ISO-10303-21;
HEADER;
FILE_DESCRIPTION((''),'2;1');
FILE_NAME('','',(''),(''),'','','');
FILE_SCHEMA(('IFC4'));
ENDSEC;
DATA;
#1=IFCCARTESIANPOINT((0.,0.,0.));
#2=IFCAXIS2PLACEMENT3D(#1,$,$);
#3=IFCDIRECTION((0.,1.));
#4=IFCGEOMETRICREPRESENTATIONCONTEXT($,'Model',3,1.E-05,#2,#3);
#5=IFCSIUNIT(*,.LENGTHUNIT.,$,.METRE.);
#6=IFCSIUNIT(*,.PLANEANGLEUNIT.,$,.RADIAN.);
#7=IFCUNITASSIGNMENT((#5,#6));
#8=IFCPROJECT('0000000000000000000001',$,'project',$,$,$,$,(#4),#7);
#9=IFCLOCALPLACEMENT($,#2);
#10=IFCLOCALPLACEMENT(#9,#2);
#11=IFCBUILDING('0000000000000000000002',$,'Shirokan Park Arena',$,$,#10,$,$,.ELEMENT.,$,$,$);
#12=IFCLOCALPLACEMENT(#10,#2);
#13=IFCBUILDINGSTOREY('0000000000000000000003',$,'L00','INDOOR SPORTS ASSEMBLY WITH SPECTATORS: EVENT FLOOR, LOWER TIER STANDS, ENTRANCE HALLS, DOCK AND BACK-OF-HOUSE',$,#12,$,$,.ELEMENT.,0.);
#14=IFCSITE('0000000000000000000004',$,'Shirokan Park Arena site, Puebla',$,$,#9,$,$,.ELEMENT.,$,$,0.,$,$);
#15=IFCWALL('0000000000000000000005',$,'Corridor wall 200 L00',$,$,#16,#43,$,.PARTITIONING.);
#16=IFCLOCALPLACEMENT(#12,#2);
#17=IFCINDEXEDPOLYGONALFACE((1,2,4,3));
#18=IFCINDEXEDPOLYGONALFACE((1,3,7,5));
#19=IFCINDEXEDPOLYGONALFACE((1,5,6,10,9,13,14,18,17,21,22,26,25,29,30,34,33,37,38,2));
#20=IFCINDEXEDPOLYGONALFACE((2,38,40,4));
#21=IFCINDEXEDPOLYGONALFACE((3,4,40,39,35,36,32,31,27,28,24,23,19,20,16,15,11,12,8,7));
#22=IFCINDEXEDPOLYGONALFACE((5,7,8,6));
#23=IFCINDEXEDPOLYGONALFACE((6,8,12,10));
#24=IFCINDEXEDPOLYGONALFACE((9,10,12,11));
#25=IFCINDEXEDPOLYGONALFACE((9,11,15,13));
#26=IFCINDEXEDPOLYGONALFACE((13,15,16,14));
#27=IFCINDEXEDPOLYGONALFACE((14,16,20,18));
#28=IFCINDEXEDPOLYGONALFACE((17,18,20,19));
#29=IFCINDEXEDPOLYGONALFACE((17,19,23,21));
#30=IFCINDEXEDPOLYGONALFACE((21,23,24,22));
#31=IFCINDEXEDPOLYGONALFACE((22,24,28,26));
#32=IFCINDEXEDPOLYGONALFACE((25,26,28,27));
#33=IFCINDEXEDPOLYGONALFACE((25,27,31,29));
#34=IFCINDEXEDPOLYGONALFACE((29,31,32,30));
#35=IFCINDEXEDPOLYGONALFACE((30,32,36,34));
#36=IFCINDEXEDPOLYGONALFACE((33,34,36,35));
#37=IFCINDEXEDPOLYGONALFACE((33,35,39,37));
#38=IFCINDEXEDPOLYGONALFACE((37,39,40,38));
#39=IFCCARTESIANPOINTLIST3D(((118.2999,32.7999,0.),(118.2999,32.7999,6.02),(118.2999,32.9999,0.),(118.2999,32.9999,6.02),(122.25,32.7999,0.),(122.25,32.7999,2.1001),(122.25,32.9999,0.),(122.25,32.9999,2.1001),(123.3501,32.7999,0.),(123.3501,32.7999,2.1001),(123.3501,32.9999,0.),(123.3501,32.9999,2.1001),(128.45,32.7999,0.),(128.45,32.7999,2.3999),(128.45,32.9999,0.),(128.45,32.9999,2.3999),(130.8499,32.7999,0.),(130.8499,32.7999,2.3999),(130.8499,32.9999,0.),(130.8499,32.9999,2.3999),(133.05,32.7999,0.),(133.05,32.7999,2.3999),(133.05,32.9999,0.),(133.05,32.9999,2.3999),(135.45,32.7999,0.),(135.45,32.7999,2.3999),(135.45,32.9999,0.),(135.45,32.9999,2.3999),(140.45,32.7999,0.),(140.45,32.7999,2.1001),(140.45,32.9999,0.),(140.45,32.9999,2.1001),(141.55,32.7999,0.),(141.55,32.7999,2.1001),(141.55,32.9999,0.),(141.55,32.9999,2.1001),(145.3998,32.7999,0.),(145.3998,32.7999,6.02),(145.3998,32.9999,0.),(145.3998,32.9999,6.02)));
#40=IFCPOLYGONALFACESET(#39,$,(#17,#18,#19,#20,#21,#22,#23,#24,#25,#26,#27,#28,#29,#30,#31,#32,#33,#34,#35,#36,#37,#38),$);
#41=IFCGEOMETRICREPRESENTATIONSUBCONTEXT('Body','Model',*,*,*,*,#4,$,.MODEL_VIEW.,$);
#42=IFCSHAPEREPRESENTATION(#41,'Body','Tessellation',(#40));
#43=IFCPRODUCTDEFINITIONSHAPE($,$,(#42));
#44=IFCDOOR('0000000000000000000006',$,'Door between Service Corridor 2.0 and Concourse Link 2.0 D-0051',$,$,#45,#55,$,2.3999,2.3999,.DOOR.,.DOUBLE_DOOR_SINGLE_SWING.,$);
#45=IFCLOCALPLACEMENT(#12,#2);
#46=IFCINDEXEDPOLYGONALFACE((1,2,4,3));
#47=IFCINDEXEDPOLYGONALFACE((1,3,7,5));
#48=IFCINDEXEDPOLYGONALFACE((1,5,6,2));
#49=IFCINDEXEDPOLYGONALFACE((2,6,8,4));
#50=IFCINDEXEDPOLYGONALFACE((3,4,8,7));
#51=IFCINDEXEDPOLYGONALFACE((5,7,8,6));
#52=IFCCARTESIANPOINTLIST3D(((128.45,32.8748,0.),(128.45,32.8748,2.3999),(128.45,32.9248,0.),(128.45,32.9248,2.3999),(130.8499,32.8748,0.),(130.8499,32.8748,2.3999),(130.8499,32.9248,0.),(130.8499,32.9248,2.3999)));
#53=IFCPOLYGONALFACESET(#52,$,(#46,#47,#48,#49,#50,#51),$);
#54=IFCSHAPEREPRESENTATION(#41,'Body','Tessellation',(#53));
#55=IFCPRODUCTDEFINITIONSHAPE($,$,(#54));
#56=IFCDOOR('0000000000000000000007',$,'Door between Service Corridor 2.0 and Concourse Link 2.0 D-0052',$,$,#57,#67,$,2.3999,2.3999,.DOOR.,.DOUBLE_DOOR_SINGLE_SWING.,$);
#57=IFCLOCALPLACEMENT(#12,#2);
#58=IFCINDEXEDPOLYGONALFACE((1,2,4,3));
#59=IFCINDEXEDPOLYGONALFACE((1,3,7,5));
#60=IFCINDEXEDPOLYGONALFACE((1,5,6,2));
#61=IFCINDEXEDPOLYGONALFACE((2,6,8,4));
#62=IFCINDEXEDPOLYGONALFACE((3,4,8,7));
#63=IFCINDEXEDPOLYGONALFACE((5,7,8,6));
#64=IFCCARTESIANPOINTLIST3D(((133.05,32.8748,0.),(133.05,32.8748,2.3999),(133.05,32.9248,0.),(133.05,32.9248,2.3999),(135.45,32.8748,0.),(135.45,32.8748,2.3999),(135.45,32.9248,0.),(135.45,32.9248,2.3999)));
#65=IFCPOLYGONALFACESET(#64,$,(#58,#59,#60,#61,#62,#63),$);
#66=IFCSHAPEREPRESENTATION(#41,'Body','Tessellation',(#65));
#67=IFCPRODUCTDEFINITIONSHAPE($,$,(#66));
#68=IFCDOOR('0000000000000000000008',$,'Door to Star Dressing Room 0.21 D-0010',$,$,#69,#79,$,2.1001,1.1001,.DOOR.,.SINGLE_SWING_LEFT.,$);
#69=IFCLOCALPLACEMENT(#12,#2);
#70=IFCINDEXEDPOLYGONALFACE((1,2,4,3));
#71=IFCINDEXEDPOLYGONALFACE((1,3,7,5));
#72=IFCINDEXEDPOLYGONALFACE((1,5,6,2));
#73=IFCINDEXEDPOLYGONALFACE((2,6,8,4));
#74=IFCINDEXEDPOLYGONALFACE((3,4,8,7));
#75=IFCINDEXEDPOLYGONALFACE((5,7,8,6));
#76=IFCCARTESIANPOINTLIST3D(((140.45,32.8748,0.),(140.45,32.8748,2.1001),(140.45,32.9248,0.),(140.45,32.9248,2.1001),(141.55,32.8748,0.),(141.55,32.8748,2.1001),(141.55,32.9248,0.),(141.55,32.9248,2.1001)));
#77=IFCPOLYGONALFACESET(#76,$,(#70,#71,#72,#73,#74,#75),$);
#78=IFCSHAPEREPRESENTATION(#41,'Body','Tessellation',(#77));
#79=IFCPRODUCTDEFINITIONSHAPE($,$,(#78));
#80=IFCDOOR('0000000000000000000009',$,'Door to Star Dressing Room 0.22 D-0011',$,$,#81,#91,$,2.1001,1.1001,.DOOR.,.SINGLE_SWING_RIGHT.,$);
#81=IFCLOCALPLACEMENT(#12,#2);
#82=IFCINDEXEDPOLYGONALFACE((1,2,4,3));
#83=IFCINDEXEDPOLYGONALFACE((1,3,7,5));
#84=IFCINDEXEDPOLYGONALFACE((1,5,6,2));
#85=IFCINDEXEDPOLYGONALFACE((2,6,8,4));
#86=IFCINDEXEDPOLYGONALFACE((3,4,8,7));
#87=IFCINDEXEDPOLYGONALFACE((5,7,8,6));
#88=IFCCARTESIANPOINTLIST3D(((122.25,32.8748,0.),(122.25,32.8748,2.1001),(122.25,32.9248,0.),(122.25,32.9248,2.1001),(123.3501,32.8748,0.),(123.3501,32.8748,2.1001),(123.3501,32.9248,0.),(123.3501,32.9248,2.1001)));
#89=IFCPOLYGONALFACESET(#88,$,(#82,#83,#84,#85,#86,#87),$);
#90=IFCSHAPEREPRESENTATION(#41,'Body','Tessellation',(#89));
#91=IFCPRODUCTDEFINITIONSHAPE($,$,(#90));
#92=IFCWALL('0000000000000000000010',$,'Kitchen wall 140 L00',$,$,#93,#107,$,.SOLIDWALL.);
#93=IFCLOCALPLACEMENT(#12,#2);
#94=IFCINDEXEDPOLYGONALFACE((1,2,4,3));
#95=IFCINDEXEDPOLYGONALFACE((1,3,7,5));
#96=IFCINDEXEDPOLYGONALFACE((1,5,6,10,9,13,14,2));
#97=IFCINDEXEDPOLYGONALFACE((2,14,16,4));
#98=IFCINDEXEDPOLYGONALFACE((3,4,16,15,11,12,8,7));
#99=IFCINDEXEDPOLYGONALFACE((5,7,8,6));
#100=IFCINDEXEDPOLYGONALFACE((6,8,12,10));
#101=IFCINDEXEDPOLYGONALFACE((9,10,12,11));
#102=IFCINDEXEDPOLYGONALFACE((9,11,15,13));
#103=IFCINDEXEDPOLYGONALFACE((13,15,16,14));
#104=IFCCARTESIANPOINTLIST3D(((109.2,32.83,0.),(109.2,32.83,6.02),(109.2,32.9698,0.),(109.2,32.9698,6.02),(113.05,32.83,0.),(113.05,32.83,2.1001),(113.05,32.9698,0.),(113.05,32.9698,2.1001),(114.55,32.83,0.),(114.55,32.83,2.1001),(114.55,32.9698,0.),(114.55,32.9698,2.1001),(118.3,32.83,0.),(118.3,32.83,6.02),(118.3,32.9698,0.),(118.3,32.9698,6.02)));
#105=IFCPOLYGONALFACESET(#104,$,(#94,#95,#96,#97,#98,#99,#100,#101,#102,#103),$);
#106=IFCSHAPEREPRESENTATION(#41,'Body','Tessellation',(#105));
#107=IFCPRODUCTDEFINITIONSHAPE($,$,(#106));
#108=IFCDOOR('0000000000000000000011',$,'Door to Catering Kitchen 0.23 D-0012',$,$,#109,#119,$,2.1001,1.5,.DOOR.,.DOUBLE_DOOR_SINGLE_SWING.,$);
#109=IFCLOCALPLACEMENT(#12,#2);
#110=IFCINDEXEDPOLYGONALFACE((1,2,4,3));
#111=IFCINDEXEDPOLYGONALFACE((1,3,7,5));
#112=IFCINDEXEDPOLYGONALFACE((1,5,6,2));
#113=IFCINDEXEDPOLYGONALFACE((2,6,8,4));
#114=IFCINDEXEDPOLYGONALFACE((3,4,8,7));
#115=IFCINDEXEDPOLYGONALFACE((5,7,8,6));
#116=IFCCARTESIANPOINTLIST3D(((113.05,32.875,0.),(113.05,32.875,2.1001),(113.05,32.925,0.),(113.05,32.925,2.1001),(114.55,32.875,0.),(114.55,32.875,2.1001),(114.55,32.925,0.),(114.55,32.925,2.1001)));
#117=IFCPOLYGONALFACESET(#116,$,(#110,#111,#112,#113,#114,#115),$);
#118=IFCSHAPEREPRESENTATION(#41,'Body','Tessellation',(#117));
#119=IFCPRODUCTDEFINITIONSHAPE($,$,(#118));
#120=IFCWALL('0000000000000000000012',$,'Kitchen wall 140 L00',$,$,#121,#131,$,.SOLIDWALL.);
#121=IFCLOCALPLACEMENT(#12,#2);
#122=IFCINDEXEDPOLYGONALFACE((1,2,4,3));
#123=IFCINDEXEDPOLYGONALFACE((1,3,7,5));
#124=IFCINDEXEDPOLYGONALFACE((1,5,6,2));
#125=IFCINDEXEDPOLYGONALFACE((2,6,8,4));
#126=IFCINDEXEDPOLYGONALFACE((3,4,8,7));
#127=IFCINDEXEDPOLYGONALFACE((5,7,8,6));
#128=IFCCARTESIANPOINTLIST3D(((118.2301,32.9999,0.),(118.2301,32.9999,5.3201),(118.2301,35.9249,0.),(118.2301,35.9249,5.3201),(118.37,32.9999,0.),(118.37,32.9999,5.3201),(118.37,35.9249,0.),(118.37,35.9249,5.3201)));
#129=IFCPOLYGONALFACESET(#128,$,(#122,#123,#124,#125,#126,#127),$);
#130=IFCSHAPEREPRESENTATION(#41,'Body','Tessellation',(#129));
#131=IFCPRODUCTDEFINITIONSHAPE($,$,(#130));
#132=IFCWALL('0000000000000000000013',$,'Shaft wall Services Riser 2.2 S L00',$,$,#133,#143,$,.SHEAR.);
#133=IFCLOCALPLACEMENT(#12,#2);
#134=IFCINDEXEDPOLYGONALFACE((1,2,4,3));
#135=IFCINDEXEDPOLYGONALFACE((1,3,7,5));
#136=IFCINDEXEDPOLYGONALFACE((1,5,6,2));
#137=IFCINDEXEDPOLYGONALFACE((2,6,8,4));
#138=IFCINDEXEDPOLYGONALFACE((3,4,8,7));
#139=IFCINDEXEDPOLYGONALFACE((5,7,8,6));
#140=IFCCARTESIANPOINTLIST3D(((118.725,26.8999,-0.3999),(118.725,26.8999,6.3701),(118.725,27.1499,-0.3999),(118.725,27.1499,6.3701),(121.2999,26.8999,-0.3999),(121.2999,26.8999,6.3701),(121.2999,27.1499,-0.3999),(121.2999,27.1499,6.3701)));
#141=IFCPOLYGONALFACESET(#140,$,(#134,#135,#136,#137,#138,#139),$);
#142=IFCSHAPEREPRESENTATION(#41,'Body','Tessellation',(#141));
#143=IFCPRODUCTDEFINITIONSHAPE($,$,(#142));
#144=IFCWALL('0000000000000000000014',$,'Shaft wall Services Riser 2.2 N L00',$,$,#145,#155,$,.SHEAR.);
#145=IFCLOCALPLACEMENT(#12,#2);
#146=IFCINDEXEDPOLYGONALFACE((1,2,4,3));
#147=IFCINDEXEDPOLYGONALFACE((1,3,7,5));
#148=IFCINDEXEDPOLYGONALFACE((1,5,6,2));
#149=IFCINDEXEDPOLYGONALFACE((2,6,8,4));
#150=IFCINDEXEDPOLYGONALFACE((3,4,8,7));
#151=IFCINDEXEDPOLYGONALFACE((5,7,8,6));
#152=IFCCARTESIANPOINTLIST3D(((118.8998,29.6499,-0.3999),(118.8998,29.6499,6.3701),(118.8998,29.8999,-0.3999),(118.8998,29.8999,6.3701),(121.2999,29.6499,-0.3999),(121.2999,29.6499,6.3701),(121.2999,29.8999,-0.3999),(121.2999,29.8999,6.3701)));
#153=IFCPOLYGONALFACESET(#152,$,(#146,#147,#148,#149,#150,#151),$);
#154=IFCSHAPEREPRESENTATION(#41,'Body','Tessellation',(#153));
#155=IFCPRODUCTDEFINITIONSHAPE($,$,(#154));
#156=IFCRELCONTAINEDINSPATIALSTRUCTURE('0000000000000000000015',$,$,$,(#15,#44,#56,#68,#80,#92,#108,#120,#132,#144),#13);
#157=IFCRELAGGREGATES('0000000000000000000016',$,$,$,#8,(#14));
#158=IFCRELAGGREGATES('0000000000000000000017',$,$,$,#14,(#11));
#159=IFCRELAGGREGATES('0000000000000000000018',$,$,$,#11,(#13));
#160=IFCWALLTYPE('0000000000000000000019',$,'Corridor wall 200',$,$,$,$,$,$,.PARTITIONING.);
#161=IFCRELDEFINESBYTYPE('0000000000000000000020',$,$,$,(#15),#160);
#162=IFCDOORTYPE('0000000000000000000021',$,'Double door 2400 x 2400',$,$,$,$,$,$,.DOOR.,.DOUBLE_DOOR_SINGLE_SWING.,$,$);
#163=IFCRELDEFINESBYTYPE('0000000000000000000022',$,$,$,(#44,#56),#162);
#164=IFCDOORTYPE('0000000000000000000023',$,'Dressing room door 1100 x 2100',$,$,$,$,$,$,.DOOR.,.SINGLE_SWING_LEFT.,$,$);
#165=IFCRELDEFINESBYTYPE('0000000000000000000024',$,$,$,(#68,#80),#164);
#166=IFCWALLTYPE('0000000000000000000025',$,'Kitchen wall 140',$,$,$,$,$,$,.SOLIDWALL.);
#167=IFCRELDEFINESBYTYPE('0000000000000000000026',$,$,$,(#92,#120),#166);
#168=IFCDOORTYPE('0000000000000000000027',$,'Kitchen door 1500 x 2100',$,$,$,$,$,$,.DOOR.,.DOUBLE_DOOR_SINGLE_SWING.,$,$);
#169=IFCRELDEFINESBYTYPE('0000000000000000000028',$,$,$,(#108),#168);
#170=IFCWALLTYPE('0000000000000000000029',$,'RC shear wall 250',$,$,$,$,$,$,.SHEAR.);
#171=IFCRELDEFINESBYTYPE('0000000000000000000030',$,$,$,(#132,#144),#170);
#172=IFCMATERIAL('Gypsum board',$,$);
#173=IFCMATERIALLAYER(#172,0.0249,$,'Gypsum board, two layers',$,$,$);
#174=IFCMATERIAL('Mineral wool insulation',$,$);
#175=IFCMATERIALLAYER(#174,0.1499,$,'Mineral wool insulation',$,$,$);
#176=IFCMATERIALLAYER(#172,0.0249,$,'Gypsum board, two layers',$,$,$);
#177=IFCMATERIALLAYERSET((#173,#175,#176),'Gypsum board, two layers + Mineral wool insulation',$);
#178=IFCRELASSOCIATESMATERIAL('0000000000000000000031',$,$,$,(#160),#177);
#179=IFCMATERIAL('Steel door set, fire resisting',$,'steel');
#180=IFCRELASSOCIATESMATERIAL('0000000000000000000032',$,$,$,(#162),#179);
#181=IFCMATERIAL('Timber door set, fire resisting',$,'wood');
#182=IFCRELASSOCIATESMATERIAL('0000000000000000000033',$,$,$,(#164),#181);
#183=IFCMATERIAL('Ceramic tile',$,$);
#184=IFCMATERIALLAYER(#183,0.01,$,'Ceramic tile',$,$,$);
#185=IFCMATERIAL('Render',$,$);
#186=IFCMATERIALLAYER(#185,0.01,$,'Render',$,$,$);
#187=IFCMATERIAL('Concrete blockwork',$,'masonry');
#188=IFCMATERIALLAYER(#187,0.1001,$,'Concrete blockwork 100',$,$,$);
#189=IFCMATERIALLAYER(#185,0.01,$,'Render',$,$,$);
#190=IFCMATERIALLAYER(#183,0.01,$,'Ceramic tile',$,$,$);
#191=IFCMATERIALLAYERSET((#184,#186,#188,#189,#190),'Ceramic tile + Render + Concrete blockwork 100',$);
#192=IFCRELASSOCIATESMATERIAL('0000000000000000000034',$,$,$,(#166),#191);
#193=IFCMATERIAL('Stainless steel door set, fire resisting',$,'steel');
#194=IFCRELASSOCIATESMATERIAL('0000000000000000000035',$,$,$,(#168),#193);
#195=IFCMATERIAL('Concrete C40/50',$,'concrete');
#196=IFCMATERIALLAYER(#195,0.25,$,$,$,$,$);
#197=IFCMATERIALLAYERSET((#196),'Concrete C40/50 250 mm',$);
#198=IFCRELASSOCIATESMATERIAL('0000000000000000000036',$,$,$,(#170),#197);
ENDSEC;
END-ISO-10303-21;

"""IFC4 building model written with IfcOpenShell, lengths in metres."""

from ifc_helpers import new_model, si_unit, direction, frame, frame_2d, origin, place, context, subcontext, project, spatial, rectangle, extrude, material, layer, layer_set, type_object, element, fill, save


model = new_model("IFC4")

# Units and contexts
model_context = context("Model", 3, precision=1e-05, world=origin(), true_north=direction((0.0, 1.0)))
body_context = subcontext(model_context, "Body", "Model", "MODEL_VIEW")
ifc_project = project(units=[si_unit("LENGTHUNIT", "METRE"), si_unit("PLANEANGLEUNIT", "RADIAN")], contexts=[model_context])

# Site, building, storey
site_placement = place(None, origin())
site = spatial("IfcSite", under=ifc_project, at=site_placement, Name="Shirokan Park Arena site, Puebla", CompositionType="ELEMENT", RefElevation=0.0)
building_placement = place(site_placement, origin())
building = spatial("IfcBuilding", under=site, at=building_placement, Name="Shirokan Park Arena", CompositionType="ELEMENT")
storey_placement = place(building_placement, origin())
storey = spatial("IfcBuildingStorey", under=building, at=storey_placement, Name="L00", Description="INDOOR SPORTS ASSEMBLY WITH SPECTATORS: EVENT FLOOR, LOWER TIER STANDS, ENTRANCE HALLS, DOCK AND BACK-OF-HOUSE", CompositionType="ELEMENT", Elevation=0.0)

# Shared definitions
ifc_material_1 = material(Name="Gypsum board")
ifc_layer_1 = layer(ifc_material_1, 0.0249, Name="Gypsum board, two layers")
ifc_material_2 = material(Name="Mineral wool insulation")
ifc_layer_2 = layer(ifc_material_2, 0.1499, Name="Mineral wool insulation")
ifc_layer_3 = layer(ifc_material_1, 0.0249, Name="Gypsum board, two layers")
ifc_layer_set_1 = layer_set([ifc_layer_1, ifc_layer_2, ifc_layer_3], Name="Gypsum board, two layers + Mineral wool insulation")
wall_type_1 = type_object("IfcWallType", Name="Corridor wall 200", PredefinedType="PARTITIONING", material=ifc_layer_set_1)

# Wall, openings, doors
wall_1_placement = place(storey_placement, frame((118.3, 32.8999, 0.0), z_axis=(0.0, 0.0, 1.0), x_axis=(1.0, 0.0, 0.0)))
wall_1 = element("IfcWall", 1, at=wall_1_placement, inside=storey, type_object=wall_type_1, Name="Corridor wall 200 L00", PredefinedType="PARTITIONING", context=body_context, shape_type="SweptSolid", body=[
    extrude(rectangle(XDim=27.0999, YDim=0.2, at=frame_2d((13.5498, 0.0))), origin(), (0.0, 0.0, 1.0), 6.02),
])
opening_1_placement = place(wall_1_placement, frame((22.1499, 0.0, 0.0)))
opening_1 = element("IfcOpeningElement", 2, at=opening_1_placement, cuts=wall_1, PredefinedType="OPENING", context=body_context, shape_type="SweptSolid", body=[
    extrude(rectangle(XDim=1.1001, YDim=2.1001, at=frame_2d((0.55, 1.05))), frame((0.0, 0.1099, 0.0), z_axis=(0.0, -1.0, 0.0), x_axis=(1.0, 0.0, 0.0)), (0.0, 0.0, 1.0), 0.22),
])
opening_2_placement = place(wall_1_placement, frame((3.95, 0.0, 0.0)))
opening_2 = element("IfcOpeningElement", 3, at=opening_2_placement, cuts=wall_1, PredefinedType="OPENING", context=body_context, shape_type="SweptSolid", body=[
    extrude(rectangle(XDim=1.1001, YDim=2.1001, at=frame_2d((0.55, 1.05))), frame((0.0, 0.1099, 0.0), z_axis=(0.0, -1.0, 0.0), x_axis=(1.0, 0.0, 0.0)), (0.0, 0.0, 1.0), 0.22),
])
opening_3_placement = place(wall_1_placement, frame((10.1499, 0.0, 0.0)))
opening_3 = element("IfcOpeningElement", 4, at=opening_3_placement, cuts=wall_1, PredefinedType="OPENING", context=body_context, shape_type="SweptSolid", body=[
    extrude(rectangle(XDim=2.3999, YDim=2.3999, at=frame_2d((1.2, 1.2))), frame((0.0, 0.1099, 0.0), z_axis=(0.0, -1.0, 0.0), x_axis=(1.0, 0.0, 0.0)), (0.0, 0.0, 1.0), 0.22),
])
opening_4_placement = place(wall_1_placement, frame((14.75, 0.0, 0.0)))
opening_4 = element("IfcOpeningElement", 5, at=opening_4_placement, cuts=wall_1, PredefinedType="OPENING", context=body_context, shape_type="SweptSolid", body=[
    extrude(rectangle(XDim=2.3999, YDim=2.3999, at=frame_2d((1.2, 1.2))), frame((0.0, 0.1099, 0.0), z_axis=(0.0, -1.0, 0.0), x_axis=(1.0, 0.0, 0.0)), (0.0, 0.0, 1.0), 0.22),
])
ifc_material_3 = material(Name="Steel door set, fire resisting", Category="steel")
door_type_1 = type_object("IfcDoorType", Name="Double door 2400 x 2400", OperationType="DOUBLE_DOOR_SINGLE_SWING", PredefinedType="DOOR", material=ifc_material_3)
door_1_placement = place(opening_3_placement, origin())
door_1 = element("IfcDoor", 6, at=door_1_placement, inside=storey, type_object=door_type_1, Name="Door between Service Corridor 2.0 and Concourse Link 2.0 D-0051", OperationType="DOUBLE_DOOR_SINGLE_SWING", OverallHeight=2.3999, OverallWidth=2.3999, PredefinedType="DOOR", context=body_context, shape_type="SweptSolid", body=[
    extrude(rectangle(XDim=2.3999, YDim=2.3999, at=frame_2d((1.2, 1.2))), frame((0.0, 0.0249, 0.0), z_axis=(0.0, -1.0, 0.0), x_axis=(1.0, 0.0, 0.0)), (0.0, 0.0, 1.0), 0.05),
])
fill(opening_3, door_1)
door_2_placement = place(opening_4_placement, origin())
door_2 = element("IfcDoor", 7, at=door_2_placement, inside=storey, type_object=door_type_1, Name="Door between Service Corridor 2.0 and Concourse Link 2.0 D-0052", OperationType="DOUBLE_DOOR_SINGLE_SWING", OverallHeight=2.3999, OverallWidth=2.3999, PredefinedType="DOOR", context=body_context, shape_type="SweptSolid", body=[
    extrude(rectangle(XDim=2.3999, YDim=2.3999, at=frame_2d((1.2, 1.2))), frame((0.0, 0.0249, 0.0), z_axis=(0.0, -1.0, 0.0), x_axis=(1.0, 0.0, 0.0)), (0.0, 0.0, 1.0), 0.05),
])
fill(opening_4, door_2)
ifc_material_4 = material(Name="Timber door set, fire resisting", Category="wood")
door_type_2 = type_object("IfcDoorType", Name="Dressing room door 1100 x 2100", OperationType="SINGLE_SWING_LEFT", PredefinedType="DOOR", material=ifc_material_4)
door_3_placement = place(opening_1_placement, origin())
door_3 = element("IfcDoor", 8, at=door_3_placement, inside=storey, type_object=door_type_2, Name="Door to Star Dressing Room 0.21 D-0010", OperationType="SINGLE_SWING_LEFT", OverallHeight=2.1001, OverallWidth=1.1001, PredefinedType="DOOR", context=body_context, shape_type="SweptSolid", body=[
    extrude(rectangle(XDim=1.1001, YDim=2.1001, at=frame_2d((0.55, 1.05))), frame((0.0, 0.0249, 0.0), z_axis=(0.0, -1.0, 0.0), x_axis=(1.0, 0.0, 0.0)), (0.0, 0.0, 1.0), 0.05),
])
fill(opening_1, door_3)
door_4_placement = place(opening_2_placement, origin())
door_4 = element("IfcDoor", 9, at=door_4_placement, inside=storey, type_object=door_type_2, Name="Door to Star Dressing Room 0.22 D-0011", OperationType="SINGLE_SWING_RIGHT", OverallHeight=2.1001, OverallWidth=1.1001, PredefinedType="DOOR", context=body_context, shape_type="SweptSolid", body=[
    extrude(rectangle(XDim=1.1001, YDim=2.1001, at=frame_2d((0.55, 1.05))), frame((0.0, 0.0249, 0.0), z_axis=(0.0, -1.0, 0.0), x_axis=(1.0, 0.0, 0.0)), (0.0, 0.0, 1.0), 0.05),
])
fill(opening_2, door_4)

# Wall, opening, door
ifc_material_5 = material(Name="Ceramic tile")
ifc_layer_4 = layer(ifc_material_5, 0.01, Name="Ceramic tile")
ifc_material_6 = material(Name="Render")
ifc_layer_5 = layer(ifc_material_6, 0.01, Name="Render")
ifc_material_7 = material(Name="Concrete blockwork", Category="masonry")
ifc_layer_6 = layer(ifc_material_7, 0.1001, Name="Concrete blockwork 100")
ifc_layer_7 = layer(ifc_material_6, 0.01, Name="Render")
ifc_layer_8 = layer(ifc_material_5, 0.01, Name="Ceramic tile")
ifc_layer_set_2 = layer_set([ifc_layer_4, ifc_layer_5, ifc_layer_6, ifc_layer_7, ifc_layer_8], Name="Ceramic tile + Render + Concrete blockwork 100")
wall_type_2 = type_object("IfcWallType", Name="Kitchen wall 140", PredefinedType="SOLIDWALL", material=ifc_layer_set_2)
wall_2_placement = place(storey_placement, frame((118.3, 32.8999, 0.0), z_axis=(0.0, 0.0, 1.0), x_axis=(-1.0, 0.0, 0.0)))
wall_2 = element("IfcWall", 10, at=wall_2_placement, inside=storey, type_object=wall_type_2, Name="Kitchen wall 140 L00", PredefinedType="SOLIDWALL", context=body_context, shape_type="SweptSolid", body=[
    extrude(rectangle(XDim=9.1001, YDim=0.1399, at=frame_2d((4.55, 0.0))), origin(), (0.0, 0.0, 1.0), 6.02),
])
opening_5_placement = place(wall_2_placement, frame((3.75, 0.0, 0.0)))
opening_5 = element("IfcOpeningElement", 11, at=opening_5_placement, cuts=wall_2, PredefinedType="OPENING", context=body_context, shape_type="SweptSolid", body=[
    extrude(rectangle(XDim=1.5, YDim=2.1001, at=frame_2d((0.75, 1.05))), frame((0.0, 0.0798, 0.0), z_axis=(0.0, -1.0, 0.0), x_axis=(1.0, 0.0, 0.0)), (0.0, 0.0, 1.0), 0.1599),
])
ifc_material_8 = material(Name="Stainless steel door set, fire resisting", Category="steel")
door_type_3 = type_object("IfcDoorType", Name="Kitchen door 1500 x 2100", OperationType="DOUBLE_DOOR_SINGLE_SWING", PredefinedType="DOOR", material=ifc_material_8)
door_5_placement = place(opening_5_placement, origin())
door_5 = element("IfcDoor", 12, at=door_5_placement, inside=storey, type_object=door_type_3, Name="Door to Catering Kitchen 0.23 D-0012", OperationType="DOUBLE_DOOR_SINGLE_SWING", OverallHeight=2.1001, OverallWidth=1.5, PredefinedType="DOOR", context=body_context, shape_type="SweptSolid", body=[
    extrude(rectangle(XDim=1.5, YDim=2.1001, at=frame_2d((0.75, 1.05))), frame((0.0, 0.0249, 0.0), z_axis=(0.0, -1.0, 0.0), x_axis=(1.0, 0.0, 0.0)), (0.0, 0.0, 1.0), 0.05),
])
fill(opening_5, door_5)

# Walls
wall_3_placement = place(storey_placement, frame((118.3, 33.0, 0.0), z_axis=(0.0, 0.0, 1.0), x_axis=(0.0, 1.0, 0.0)))
element("IfcWall", 13, at=wall_3_placement, inside=storey, type_object=wall_type_2, Name="Kitchen wall 140 L00", PredefinedType="SOLIDWALL", context=body_context, shape_type="SweptSolid", body=[
    extrude(rectangle(XDim=2.925, YDim=0.1399, at=frame_2d((1.4624, 0.0))), origin(), (0.0, 0.0, 1.0), 5.3201),
])
ifc_material_9 = material(Name="Concrete C40/50", Category="concrete")
ifc_layer_9 = layer(ifc_material_9, 0.25)
ifc_layer_set_3 = layer_set([ifc_layer_9], Name="Concrete C40/50 250 mm")
wall_type_3 = type_object("IfcWallType", Name="RC shear wall 250", PredefinedType="SHEAR", material=ifc_layer_set_3)
wall_4_placement = place(storey_placement, frame((121.3, 27.0249, -0.3999), z_axis=(0.0, 0.0, 1.0), x_axis=(-1.0, 0.0, 0.0)))
element("IfcWall", 14, at=wall_4_placement, inside=storey, type_object=wall_type_3, Name="Shaft wall Services Riser 2.2 S L00", PredefinedType="SHEAR", context=body_context, shape_type="SweptSolid", body=[
    extrude(rectangle(XDim=2.575, YDim=0.25, at=frame_2d((1.2876, 0.0))), origin(), (0.0, 0.0, 1.0), 6.77),
])
wall_5_placement = place(storey_placement, frame((121.3, 29.7749, -0.3999), z_axis=(0.0, 0.0, 1.0), x_axis=(-1.0, 0.0, 0.0)))
element("IfcWall", 15, at=wall_5_placement, inside=storey, type_object=wall_type_3, Name="Shaft wall Services Riser 2.2 N L00", PredefinedType="SHEAR", context=body_context, shape_type="SweptSolid", body=[
    extrude(rectangle(XDim=2.4001, YDim=0.25, at=frame_2d((1.2002, 0.0))), origin(), (0.0, 0.0, 1.0), 6.77),
])

save(model, "model.ifc")
